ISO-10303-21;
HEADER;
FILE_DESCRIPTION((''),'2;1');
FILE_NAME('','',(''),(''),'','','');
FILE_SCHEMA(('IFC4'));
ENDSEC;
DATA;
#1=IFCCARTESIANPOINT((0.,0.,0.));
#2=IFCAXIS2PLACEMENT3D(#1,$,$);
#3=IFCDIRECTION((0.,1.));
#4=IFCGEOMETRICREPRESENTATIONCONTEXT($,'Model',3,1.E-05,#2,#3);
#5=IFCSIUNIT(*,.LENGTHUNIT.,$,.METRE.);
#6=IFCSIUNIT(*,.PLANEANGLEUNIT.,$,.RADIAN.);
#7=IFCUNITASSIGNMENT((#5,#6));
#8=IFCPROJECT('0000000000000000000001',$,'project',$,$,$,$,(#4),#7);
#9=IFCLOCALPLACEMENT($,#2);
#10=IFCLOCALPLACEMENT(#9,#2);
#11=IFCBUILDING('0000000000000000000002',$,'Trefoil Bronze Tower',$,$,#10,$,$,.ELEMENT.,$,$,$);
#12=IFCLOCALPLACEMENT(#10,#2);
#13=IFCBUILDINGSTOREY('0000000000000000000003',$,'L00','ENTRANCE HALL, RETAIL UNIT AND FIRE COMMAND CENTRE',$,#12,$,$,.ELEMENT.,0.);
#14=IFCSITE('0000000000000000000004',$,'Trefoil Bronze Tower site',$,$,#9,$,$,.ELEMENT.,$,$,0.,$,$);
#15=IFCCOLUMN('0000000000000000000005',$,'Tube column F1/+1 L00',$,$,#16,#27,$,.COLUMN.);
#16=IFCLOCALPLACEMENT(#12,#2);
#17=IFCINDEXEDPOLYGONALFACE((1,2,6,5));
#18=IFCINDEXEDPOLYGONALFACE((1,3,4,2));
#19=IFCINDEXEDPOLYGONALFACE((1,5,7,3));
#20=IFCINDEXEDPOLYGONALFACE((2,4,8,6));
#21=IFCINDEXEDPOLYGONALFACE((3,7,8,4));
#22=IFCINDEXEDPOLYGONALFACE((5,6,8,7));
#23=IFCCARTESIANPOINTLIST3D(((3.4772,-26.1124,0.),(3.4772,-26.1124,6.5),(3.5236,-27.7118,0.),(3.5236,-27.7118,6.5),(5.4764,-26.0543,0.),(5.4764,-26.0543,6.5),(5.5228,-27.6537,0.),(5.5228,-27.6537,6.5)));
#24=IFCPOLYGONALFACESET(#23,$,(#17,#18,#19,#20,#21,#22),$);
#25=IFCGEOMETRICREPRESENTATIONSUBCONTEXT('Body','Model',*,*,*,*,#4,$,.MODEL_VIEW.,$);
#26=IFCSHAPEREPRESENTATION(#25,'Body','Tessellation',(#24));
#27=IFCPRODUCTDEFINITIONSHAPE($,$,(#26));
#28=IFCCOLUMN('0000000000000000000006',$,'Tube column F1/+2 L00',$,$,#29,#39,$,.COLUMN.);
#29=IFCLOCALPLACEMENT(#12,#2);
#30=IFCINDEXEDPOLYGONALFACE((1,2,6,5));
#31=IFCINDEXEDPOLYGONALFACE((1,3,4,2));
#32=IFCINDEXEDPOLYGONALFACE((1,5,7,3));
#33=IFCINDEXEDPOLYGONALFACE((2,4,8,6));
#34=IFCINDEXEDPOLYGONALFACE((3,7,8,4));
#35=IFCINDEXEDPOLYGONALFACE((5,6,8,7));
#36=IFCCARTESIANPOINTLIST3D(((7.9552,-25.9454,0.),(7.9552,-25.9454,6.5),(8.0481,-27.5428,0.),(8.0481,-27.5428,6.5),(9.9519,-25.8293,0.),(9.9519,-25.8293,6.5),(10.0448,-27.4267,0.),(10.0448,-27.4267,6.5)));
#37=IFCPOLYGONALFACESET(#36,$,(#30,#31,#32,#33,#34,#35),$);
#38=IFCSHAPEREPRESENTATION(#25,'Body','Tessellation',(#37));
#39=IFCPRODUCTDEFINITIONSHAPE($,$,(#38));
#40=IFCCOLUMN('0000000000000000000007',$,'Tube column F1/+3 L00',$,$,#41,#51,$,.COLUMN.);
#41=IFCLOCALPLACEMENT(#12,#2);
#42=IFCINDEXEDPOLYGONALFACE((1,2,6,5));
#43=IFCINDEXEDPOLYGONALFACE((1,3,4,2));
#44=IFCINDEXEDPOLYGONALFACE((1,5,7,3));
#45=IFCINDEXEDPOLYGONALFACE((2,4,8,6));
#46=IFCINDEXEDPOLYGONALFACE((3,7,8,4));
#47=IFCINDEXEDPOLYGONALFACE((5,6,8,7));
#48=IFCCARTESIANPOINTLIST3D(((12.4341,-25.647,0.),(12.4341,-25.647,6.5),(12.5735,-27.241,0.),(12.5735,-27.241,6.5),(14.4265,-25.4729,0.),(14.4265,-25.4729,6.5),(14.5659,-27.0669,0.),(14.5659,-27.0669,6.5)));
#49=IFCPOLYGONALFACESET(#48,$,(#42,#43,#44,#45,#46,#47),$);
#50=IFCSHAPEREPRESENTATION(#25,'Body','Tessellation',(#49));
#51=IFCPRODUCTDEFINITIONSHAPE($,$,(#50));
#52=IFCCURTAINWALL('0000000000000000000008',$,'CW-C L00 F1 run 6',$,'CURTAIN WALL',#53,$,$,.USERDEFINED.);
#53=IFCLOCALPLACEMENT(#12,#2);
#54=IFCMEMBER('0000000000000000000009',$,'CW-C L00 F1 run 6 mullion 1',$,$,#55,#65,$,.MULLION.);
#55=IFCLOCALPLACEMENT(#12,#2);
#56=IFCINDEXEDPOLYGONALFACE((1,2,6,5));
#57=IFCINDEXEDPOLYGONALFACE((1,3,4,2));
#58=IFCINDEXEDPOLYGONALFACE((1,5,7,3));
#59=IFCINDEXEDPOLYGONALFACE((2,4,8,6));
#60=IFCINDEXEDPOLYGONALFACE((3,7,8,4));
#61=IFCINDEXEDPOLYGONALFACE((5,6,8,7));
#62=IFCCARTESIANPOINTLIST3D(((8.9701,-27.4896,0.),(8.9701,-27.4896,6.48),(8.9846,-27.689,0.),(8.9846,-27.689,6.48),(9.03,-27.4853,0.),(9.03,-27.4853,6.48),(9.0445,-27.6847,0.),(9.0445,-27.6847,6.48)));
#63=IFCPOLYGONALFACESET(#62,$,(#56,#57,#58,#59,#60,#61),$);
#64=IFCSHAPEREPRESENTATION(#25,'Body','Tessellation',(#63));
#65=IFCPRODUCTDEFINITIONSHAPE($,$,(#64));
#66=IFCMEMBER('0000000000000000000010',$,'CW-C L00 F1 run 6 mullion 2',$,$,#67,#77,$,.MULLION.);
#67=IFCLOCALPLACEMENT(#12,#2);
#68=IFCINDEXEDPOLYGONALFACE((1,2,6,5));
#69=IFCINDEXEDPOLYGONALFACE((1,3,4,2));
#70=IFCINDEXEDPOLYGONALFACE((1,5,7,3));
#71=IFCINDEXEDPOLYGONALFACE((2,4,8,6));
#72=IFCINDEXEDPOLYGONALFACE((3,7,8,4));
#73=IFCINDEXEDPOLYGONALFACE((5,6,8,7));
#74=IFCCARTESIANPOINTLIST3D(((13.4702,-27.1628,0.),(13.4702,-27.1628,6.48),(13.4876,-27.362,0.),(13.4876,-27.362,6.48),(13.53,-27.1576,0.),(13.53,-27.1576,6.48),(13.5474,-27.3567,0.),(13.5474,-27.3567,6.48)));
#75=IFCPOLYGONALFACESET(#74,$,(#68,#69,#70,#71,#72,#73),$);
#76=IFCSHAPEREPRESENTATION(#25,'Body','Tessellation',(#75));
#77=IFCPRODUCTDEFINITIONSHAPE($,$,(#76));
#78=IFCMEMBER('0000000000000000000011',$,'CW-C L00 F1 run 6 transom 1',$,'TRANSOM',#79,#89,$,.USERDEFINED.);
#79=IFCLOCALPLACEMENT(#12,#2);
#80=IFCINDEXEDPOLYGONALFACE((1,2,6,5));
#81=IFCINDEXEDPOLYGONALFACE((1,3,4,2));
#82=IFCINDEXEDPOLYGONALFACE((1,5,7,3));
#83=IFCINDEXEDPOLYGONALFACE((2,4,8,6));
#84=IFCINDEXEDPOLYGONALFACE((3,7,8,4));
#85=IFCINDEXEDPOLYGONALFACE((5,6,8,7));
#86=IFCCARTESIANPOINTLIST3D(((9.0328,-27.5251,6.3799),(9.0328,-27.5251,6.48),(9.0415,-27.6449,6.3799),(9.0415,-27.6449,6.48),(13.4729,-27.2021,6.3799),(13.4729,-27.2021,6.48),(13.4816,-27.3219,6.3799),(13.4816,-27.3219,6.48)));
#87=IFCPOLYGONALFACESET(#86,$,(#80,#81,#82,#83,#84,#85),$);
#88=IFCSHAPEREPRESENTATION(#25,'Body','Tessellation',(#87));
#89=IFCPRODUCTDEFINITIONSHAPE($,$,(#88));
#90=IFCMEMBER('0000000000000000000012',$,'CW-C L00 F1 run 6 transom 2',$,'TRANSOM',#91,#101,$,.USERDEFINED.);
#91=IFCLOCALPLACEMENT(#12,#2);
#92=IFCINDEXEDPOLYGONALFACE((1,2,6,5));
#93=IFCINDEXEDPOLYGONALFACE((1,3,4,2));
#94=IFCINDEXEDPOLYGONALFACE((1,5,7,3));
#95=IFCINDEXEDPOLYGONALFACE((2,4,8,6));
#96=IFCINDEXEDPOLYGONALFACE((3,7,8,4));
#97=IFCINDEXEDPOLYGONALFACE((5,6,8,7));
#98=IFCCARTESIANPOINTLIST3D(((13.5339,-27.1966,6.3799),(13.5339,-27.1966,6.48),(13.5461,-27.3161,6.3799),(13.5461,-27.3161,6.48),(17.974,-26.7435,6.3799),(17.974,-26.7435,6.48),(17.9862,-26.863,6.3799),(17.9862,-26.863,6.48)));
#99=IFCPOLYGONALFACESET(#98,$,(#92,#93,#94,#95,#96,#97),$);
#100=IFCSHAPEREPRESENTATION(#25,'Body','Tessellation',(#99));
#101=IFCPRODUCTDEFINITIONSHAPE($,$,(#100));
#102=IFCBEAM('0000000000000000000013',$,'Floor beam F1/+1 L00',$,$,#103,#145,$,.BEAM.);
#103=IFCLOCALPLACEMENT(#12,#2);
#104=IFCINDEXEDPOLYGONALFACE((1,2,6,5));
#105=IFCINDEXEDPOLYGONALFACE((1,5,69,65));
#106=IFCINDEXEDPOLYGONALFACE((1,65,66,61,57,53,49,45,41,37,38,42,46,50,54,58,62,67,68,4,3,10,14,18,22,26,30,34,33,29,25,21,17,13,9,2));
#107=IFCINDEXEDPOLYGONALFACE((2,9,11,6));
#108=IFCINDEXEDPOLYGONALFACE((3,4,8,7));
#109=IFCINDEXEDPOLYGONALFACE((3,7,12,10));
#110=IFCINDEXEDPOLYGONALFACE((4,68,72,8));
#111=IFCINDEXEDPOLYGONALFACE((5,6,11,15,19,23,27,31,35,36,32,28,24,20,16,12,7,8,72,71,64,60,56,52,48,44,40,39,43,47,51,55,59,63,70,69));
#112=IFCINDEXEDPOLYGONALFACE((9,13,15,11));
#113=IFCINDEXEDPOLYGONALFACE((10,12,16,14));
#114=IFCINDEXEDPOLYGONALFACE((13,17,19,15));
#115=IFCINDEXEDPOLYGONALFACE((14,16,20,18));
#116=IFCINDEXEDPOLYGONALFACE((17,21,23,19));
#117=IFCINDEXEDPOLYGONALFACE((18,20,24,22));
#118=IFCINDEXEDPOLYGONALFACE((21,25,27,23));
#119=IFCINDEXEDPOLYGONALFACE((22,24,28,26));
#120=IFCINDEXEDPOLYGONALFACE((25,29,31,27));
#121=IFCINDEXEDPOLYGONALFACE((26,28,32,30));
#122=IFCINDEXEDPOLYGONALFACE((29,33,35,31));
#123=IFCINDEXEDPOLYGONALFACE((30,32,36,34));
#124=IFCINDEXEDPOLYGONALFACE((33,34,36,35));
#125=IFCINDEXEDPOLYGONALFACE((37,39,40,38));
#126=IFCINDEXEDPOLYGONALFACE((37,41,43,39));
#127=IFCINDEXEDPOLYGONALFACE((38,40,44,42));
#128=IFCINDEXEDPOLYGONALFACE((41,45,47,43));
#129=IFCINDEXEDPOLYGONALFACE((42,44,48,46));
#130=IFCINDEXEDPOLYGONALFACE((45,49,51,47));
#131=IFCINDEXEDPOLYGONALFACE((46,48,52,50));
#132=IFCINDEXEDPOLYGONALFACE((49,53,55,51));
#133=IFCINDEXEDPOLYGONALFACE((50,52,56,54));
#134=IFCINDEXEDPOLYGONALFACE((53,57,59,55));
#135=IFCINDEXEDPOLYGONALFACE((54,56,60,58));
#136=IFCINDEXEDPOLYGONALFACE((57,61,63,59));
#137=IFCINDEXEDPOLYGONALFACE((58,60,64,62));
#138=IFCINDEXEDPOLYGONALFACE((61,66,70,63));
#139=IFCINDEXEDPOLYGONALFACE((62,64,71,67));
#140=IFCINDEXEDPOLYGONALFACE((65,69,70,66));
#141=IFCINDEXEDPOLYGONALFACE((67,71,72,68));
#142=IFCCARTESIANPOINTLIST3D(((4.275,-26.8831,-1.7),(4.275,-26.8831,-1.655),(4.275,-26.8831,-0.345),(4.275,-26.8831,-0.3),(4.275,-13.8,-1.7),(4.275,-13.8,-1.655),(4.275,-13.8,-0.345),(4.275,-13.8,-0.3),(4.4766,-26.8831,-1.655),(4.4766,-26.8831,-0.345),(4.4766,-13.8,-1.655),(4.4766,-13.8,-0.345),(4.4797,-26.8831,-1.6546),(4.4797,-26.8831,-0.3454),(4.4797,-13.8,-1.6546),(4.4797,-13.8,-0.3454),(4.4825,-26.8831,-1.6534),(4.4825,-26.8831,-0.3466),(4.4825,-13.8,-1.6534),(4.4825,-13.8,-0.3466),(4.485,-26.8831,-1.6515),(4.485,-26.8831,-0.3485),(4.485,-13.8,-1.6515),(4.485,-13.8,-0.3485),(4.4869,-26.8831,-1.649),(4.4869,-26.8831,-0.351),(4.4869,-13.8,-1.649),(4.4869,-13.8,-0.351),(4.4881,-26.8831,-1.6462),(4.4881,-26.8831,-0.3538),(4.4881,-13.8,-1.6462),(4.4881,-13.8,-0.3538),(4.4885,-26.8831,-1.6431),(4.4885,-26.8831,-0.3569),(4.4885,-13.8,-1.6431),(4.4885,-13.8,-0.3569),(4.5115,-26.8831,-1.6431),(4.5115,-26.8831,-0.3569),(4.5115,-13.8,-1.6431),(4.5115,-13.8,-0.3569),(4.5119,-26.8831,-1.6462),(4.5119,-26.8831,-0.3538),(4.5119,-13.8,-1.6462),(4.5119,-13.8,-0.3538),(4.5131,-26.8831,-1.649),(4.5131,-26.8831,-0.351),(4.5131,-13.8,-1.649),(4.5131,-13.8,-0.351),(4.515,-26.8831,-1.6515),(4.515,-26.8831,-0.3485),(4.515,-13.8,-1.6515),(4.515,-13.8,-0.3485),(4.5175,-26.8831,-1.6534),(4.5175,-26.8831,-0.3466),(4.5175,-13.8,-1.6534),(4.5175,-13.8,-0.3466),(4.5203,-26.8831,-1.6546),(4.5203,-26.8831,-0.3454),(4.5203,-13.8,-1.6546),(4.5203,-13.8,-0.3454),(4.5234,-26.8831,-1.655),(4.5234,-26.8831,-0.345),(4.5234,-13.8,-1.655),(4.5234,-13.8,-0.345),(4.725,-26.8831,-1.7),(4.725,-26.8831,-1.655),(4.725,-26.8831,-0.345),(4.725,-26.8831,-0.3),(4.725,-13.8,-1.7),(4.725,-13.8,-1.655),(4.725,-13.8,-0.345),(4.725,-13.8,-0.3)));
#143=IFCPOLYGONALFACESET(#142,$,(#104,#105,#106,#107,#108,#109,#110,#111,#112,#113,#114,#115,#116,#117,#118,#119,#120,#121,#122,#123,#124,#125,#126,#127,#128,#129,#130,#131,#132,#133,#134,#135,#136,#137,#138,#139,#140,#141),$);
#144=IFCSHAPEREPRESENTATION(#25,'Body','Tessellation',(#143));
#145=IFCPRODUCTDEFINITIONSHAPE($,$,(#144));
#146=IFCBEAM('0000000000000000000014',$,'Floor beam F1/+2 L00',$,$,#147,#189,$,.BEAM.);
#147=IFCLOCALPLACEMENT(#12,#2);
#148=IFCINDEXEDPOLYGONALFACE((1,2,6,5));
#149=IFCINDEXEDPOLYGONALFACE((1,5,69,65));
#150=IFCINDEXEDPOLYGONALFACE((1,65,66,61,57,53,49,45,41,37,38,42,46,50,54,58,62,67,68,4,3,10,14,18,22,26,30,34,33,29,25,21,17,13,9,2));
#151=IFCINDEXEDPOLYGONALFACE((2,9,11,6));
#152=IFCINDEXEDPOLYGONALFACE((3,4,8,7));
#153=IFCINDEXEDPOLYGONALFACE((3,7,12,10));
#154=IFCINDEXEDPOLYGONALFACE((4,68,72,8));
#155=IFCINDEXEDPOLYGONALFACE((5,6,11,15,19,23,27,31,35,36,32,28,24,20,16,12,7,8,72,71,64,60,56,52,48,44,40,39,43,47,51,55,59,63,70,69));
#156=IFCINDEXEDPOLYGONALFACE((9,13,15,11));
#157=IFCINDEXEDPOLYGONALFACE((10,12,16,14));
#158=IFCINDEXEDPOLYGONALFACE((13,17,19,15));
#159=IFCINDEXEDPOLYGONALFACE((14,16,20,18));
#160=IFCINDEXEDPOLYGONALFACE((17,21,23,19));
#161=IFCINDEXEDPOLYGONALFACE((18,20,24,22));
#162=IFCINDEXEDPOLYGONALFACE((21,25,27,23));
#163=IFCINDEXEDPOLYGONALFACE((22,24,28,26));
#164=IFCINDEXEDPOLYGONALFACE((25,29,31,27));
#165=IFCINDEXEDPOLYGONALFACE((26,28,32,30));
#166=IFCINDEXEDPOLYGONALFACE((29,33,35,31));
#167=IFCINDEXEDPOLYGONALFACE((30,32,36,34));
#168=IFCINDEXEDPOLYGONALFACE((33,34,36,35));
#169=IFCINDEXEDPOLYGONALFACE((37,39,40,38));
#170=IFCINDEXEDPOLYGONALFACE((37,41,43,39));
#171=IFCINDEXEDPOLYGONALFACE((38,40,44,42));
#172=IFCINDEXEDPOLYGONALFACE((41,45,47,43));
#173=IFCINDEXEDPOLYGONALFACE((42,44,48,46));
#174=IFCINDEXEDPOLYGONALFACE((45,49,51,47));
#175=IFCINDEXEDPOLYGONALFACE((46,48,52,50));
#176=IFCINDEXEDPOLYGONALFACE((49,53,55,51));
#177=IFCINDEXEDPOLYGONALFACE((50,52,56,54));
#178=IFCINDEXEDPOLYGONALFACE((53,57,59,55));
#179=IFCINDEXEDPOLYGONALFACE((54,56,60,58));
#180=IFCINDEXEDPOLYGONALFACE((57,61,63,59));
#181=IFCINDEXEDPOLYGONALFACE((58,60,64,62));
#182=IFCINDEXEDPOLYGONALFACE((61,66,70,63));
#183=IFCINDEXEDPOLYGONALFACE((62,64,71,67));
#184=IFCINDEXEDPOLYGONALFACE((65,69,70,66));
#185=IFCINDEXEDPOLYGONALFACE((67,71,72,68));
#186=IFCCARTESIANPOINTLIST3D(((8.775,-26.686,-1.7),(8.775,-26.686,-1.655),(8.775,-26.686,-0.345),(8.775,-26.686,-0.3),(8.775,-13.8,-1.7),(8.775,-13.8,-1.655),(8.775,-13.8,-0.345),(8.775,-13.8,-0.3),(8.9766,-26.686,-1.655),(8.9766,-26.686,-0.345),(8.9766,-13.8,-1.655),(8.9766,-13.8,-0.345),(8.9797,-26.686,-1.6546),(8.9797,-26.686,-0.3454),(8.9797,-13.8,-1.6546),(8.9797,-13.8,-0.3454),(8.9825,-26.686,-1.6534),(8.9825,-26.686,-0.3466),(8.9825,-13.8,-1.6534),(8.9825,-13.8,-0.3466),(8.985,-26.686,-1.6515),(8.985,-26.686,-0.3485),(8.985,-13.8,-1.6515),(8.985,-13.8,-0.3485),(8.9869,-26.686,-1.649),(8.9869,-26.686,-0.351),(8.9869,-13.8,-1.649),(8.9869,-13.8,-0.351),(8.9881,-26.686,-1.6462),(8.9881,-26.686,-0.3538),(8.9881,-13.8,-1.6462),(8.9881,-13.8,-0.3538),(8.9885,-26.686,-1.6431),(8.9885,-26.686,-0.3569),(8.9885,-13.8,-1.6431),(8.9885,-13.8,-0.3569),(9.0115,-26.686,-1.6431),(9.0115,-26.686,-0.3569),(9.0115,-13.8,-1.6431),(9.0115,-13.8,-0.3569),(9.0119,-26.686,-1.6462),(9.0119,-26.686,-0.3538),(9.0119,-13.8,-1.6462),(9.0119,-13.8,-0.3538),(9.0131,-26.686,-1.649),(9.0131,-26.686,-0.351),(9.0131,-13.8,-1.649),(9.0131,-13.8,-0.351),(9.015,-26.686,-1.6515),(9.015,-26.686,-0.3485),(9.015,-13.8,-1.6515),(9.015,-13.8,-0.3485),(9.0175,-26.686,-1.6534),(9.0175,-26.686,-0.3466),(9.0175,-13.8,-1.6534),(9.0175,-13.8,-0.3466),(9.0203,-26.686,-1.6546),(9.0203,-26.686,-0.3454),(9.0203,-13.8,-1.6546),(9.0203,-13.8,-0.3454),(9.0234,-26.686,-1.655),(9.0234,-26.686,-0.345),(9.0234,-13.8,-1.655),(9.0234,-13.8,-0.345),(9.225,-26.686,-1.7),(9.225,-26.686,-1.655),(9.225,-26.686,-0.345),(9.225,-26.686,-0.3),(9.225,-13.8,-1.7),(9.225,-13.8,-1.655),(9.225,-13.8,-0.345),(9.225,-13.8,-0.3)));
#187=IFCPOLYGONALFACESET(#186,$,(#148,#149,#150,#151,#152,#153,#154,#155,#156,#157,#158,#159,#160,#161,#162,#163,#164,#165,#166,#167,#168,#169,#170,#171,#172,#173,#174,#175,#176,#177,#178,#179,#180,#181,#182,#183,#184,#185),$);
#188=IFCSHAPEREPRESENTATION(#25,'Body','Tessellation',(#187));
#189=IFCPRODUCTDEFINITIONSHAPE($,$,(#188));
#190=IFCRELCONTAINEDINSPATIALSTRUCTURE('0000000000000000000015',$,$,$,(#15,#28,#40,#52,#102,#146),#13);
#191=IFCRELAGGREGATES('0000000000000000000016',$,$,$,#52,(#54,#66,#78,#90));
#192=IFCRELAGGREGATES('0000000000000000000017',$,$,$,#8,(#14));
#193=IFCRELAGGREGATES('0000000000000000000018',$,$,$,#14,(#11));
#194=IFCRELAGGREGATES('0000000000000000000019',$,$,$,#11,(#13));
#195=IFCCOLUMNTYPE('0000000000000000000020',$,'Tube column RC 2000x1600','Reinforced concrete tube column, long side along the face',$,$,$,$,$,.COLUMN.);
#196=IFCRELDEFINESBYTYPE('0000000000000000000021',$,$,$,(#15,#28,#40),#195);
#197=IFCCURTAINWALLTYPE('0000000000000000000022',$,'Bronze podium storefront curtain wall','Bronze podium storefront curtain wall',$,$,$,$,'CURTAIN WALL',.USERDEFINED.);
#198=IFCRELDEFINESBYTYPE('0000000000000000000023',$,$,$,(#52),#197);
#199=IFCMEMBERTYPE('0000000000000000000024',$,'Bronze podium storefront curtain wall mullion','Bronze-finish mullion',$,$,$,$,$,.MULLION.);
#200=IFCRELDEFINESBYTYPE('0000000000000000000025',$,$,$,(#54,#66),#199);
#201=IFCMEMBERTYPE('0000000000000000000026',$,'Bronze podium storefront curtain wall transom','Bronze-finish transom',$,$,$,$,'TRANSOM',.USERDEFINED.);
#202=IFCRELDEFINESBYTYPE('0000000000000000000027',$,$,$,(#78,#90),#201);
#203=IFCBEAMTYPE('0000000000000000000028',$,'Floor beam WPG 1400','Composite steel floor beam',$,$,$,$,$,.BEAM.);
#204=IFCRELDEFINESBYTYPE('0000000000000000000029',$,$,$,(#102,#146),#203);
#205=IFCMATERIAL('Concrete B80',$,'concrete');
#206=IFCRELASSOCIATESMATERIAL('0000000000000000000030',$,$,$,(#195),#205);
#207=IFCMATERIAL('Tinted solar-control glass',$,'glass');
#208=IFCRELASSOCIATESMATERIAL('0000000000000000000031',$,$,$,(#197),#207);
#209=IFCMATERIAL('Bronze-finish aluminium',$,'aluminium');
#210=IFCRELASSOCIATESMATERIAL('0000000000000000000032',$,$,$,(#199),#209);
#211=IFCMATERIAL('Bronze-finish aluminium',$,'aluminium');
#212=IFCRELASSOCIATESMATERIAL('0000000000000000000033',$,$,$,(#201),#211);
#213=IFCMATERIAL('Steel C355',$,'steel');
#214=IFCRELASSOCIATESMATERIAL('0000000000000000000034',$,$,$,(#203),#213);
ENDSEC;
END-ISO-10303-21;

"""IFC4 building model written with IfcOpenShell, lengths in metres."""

from ifc_helpers import new_model, si_unit, direction, frame, origin, origin_2d, place, context, subcontext, project, spatial, rectangle, i_section, extrude, material, material_profile, profile_set, type_object, element, aggregate, save


model = new_model("IFC4")

# Units and contexts
model_context = context("Model", 3, precision=1e-05, world=origin(), true_north=direction((0.0, 1.0)))
body_context = subcontext(model_context, "Body", "Model", "MODEL_VIEW")
ifc_project = project(units=[si_unit("LENGTHUNIT", "METRE"), si_unit("PLANEANGLEUNIT", "RADIAN")], contexts=[model_context])

# Site, building, storey
site_placement = place(None, origin())
site = spatial("IfcSite", under=ifc_project, at=site_placement, Name="Trefoil Bronze Tower site", CompositionType="ELEMENT", RefElevation=0.0)
building_placement = place(site_placement, origin())
building = spatial("IfcBuilding", under=site, at=building_placement, Name="Trefoil Bronze Tower", CompositionType="ELEMENT")
storey_placement = place(building_placement, origin())
storey = spatial("IfcBuildingStorey", under=building, at=storey_placement, Name="L00", Description="ENTRANCE HALL, RETAIL UNIT AND FIRE COMMAND CENTRE", CompositionType="ELEMENT", Elevation=0.0)

# Columns
ifc_material_1 = material(Name="Concrete B80", Category="concrete")
ifc_material_profile_1 = material_profile(ifc_material_1, rectangle(XDim=2.0, YDim=1.6001, at=origin_2d()), Name="RC 2000x1600")
ifc_profile_set_1 = profile_set([ifc_material_profile_1], Name="Concrete B80")
column_type = type_object("IfcColumnType", Name="Tube column RC 2000x1600", Description="Reinforced concrete tube column, long side along the face", PredefinedType="COLUMN", material=ifc_profile_set_1)
for number, where, z_axis, x_axis, name in (
    (1, (4.5, -26.8831, 0.0), (0.0, 0.0, 1.0), (0.999579, 0.029022, 0.0), "Tube column F1/+1 L00"),
    (2, (9.0, -26.686, 0.0), (0.0, 0.0, 1.0), (0.998314, 0.058043, 0.0), "Tube column F1/+2 L00"),
    (3, (13.5, -26.3569, 0.0), (0.0, 0.0, 1.0), (0.996203, 0.087065, 0.0), "Tube column F1/+3 L00"),
):
    element("IfcColumn", number, at=place(storey_placement, frame(where, z_axis=z_axis, x_axis=x_axis)), inside=storey, type_object=column_type, Name=name, PredefinedType="COLUMN", context=body_context, shape_type="SweptSolid", body=[
        extrude(rectangle(XDim=2.0, YDim=1.6001, at=origin_2d()), origin(), (0.0, 0.0, 1.0), 6.5),
    ])

# Curtain wall, members
ifc_material_2 = material(Name="Tinted solar-control glass", Category="glass")
curtain_wall_type = type_object("IfcCurtainWallType", Name="Bronze podium storefront curtain wall", Description="Bronze podium storefront curtain wall", ElementType="CURTAIN WALL", PredefinedType="USERDEFINED", material=ifc_material_2)
curtain_wall_placement = place(storey_placement, origin())
curtain_wall = element("IfcCurtainWall", 4, at=curtain_wall_placement, inside=storey, type_object=curtain_wall_type, Name="CW-C L00 F1 run 6", ObjectType="CURTAIN WALL", PredefinedType="USERDEFINED")
ifc_material_3 = material(Name="Bronze-finish aluminium", Category="aluminium")
ifc_material_profile_2 = material_profile(ifc_material_3, rectangle(XDim=0.2, YDim=0.0601, at=origin_2d()), Name="CW-C mullion")
ifc_profile_set_2 = profile_set([ifc_material_profile_2], Name="Bronze-finish aluminium")
member_type_1 = type_object("IfcMemberType", Name="Bronze podium storefront curtain wall mullion", Description="Bronze-finish mullion", PredefinedType="MULLION", material=ifc_profile_set_2)
member_1_placement = place(storey_placement, frame((9.0073, -27.5872, 0.0), z_axis=(0.0, 0.0, 1.0), x_axis=(-0.072547, 0.997365, 0.0)))
member_1 = element("IfcMember", 5, at=member_1_placement, type_object=member_type_1, Name="CW-C L00 F1 run 6 mullion 1", PredefinedType="MULLION", context=body_context, shape_type="SweptSolid", body=[
    extrude(rectangle(XDim=0.2, YDim=0.0601, at=origin_2d()), origin(), (0.0, 0.0, 1.0), 6.48),
])
member_2_placement = place(storey_placement, frame((13.5088, -27.2598, 0.0), z_axis=(0.0, 0.0, 1.0), x_axis=(-0.087065, 0.996203, 0.0)))
member_2 = element("IfcMember", 6, at=member_2_placement, type_object=member_type_1, Name="CW-C L00 F1 run 6 mullion 2", PredefinedType="MULLION", context=body_context, shape_type="SweptSolid", body=[
    extrude(rectangle(XDim=0.2, YDim=0.0601, at=origin_2d()), origin(), (0.0, 0.0, 1.0), 6.48),
])
ifc_material_4 = material(Name="Bronze-finish aluminium", Category="aluminium")
ifc_material_profile_3 = material_profile(ifc_material_4, rectangle(XDim=0.1201, YDim=0.1001, at=origin_2d()), Name="CW-C transom")
ifc_profile_set_3 = profile_set([ifc_material_profile_3], Name="Bronze-finish aluminium")
member_type_2 = type_object("IfcMemberType", Name="Bronze podium storefront curtain wall transom", Description="Bronze-finish transom", ElementType="TRANSOM", PredefinedType="USERDEFINED", material=ifc_profile_set_3)
member_3_placement = place(storey_placement, frame((9.0371, -27.585, 6.4299), z_axis=(0.997365, 0.072553, 0.0), x_axis=(-0.072553, 0.997365, 0.0)))
member_3 = element("IfcMember", 7, at=member_3_placement, type_object=member_type_2, Name="CW-C L00 F1 run 6 transom 1", ObjectType="TRANSOM", PredefinedType="USERDEFINED", context=body_context, shape_type="SweptSolid", body=[
    extrude(rectangle(XDim=0.1201, YDim=0.1001, at=origin_2d()), origin(), (0.0, 0.0, 1.0), 4.4519),
])
member_4_placement = place(storey_placement, frame((13.54, -27.2563, 6.4299), z_axis=(0.994833, 0.101524, 0.0), x_axis=(-0.101524, 0.994833, 0.0)))
member_4 = element("IfcMember", 8, at=member_4_placement, type_object=member_type_2, Name="CW-C L00 F1 run 6 transom 2", ObjectType="TRANSOM", PredefinedType="USERDEFINED", context=body_context, shape_type="SweptSolid", body=[
    extrude(rectangle(XDim=0.1201, YDim=0.1001, at=origin_2d()), origin(), (0.0, 0.0, 1.0), 4.4631),
])

# Beams
ifc_material_5 = material(Name="Steel C355", Category="steel")
ifc_material_profile_4 = material_profile(ifc_material_5, i_section(OverallWidth=0.45, OverallDepth=1.3999, WebThickness=0.0229, FlangeThickness=0.0449, FilletRadius=0.012, at=origin_2d()), Name="WPG 1400")
ifc_profile_set_4 = profile_set([ifc_material_profile_4], Name="Steel C355")
beam_type_1 = type_object("IfcBeamType", Name="Floor beam WPG 1400", Description="Composite steel floor beam", PredefinedType="BEAM", material=ifc_profile_set_4)
beam_1_placement = place(storey_placement, frame((4.5, -26.8831, -1.0), z_axis=(0.0, 1.0, 0.0), x_axis=(-1.0, 0.0, 0.0)))
element("IfcBeam", 9, at=beam_1_placement, inside=storey, type_object=beam_type_1, Name="Floor beam F1/+1 L00", PredefinedType="BEAM", context=body_context, shape_type="SweptSolid", body=[
    extrude(i_section(OverallWidth=0.45, OverallDepth=1.3999, WebThickness=0.0229, FlangeThickness=0.0449, FilletRadius=0.012, at=origin_2d()), origin(), (0.0, 0.0, 1.0), 13.083),
])
beam_2_placement = place(storey_placement, frame((9.0, -26.686, -1.0), z_axis=(0.0, 1.0, 0.0), x_axis=(-1.0, 0.0, 0.0)))
element("IfcBeam", 10, at=beam_2_placement, inside=storey, type_object=beam_type_1, Name="Floor beam F1/+2 L00", PredefinedType="BEAM", context=body_context, shape_type="SweptSolid", body=[
    extrude(i_section(OverallWidth=0.45, OverallDepth=1.3999, WebThickness=0.0229, FlangeThickness=0.0449, FilletRadius=0.012, at=origin_2d()), origin(), (0.0, 0.0, 1.0), 12.886),
])

aggregate(curtain_wall, [member_1, member_2, member_3, member_4])

save(model, "model.ifc")
